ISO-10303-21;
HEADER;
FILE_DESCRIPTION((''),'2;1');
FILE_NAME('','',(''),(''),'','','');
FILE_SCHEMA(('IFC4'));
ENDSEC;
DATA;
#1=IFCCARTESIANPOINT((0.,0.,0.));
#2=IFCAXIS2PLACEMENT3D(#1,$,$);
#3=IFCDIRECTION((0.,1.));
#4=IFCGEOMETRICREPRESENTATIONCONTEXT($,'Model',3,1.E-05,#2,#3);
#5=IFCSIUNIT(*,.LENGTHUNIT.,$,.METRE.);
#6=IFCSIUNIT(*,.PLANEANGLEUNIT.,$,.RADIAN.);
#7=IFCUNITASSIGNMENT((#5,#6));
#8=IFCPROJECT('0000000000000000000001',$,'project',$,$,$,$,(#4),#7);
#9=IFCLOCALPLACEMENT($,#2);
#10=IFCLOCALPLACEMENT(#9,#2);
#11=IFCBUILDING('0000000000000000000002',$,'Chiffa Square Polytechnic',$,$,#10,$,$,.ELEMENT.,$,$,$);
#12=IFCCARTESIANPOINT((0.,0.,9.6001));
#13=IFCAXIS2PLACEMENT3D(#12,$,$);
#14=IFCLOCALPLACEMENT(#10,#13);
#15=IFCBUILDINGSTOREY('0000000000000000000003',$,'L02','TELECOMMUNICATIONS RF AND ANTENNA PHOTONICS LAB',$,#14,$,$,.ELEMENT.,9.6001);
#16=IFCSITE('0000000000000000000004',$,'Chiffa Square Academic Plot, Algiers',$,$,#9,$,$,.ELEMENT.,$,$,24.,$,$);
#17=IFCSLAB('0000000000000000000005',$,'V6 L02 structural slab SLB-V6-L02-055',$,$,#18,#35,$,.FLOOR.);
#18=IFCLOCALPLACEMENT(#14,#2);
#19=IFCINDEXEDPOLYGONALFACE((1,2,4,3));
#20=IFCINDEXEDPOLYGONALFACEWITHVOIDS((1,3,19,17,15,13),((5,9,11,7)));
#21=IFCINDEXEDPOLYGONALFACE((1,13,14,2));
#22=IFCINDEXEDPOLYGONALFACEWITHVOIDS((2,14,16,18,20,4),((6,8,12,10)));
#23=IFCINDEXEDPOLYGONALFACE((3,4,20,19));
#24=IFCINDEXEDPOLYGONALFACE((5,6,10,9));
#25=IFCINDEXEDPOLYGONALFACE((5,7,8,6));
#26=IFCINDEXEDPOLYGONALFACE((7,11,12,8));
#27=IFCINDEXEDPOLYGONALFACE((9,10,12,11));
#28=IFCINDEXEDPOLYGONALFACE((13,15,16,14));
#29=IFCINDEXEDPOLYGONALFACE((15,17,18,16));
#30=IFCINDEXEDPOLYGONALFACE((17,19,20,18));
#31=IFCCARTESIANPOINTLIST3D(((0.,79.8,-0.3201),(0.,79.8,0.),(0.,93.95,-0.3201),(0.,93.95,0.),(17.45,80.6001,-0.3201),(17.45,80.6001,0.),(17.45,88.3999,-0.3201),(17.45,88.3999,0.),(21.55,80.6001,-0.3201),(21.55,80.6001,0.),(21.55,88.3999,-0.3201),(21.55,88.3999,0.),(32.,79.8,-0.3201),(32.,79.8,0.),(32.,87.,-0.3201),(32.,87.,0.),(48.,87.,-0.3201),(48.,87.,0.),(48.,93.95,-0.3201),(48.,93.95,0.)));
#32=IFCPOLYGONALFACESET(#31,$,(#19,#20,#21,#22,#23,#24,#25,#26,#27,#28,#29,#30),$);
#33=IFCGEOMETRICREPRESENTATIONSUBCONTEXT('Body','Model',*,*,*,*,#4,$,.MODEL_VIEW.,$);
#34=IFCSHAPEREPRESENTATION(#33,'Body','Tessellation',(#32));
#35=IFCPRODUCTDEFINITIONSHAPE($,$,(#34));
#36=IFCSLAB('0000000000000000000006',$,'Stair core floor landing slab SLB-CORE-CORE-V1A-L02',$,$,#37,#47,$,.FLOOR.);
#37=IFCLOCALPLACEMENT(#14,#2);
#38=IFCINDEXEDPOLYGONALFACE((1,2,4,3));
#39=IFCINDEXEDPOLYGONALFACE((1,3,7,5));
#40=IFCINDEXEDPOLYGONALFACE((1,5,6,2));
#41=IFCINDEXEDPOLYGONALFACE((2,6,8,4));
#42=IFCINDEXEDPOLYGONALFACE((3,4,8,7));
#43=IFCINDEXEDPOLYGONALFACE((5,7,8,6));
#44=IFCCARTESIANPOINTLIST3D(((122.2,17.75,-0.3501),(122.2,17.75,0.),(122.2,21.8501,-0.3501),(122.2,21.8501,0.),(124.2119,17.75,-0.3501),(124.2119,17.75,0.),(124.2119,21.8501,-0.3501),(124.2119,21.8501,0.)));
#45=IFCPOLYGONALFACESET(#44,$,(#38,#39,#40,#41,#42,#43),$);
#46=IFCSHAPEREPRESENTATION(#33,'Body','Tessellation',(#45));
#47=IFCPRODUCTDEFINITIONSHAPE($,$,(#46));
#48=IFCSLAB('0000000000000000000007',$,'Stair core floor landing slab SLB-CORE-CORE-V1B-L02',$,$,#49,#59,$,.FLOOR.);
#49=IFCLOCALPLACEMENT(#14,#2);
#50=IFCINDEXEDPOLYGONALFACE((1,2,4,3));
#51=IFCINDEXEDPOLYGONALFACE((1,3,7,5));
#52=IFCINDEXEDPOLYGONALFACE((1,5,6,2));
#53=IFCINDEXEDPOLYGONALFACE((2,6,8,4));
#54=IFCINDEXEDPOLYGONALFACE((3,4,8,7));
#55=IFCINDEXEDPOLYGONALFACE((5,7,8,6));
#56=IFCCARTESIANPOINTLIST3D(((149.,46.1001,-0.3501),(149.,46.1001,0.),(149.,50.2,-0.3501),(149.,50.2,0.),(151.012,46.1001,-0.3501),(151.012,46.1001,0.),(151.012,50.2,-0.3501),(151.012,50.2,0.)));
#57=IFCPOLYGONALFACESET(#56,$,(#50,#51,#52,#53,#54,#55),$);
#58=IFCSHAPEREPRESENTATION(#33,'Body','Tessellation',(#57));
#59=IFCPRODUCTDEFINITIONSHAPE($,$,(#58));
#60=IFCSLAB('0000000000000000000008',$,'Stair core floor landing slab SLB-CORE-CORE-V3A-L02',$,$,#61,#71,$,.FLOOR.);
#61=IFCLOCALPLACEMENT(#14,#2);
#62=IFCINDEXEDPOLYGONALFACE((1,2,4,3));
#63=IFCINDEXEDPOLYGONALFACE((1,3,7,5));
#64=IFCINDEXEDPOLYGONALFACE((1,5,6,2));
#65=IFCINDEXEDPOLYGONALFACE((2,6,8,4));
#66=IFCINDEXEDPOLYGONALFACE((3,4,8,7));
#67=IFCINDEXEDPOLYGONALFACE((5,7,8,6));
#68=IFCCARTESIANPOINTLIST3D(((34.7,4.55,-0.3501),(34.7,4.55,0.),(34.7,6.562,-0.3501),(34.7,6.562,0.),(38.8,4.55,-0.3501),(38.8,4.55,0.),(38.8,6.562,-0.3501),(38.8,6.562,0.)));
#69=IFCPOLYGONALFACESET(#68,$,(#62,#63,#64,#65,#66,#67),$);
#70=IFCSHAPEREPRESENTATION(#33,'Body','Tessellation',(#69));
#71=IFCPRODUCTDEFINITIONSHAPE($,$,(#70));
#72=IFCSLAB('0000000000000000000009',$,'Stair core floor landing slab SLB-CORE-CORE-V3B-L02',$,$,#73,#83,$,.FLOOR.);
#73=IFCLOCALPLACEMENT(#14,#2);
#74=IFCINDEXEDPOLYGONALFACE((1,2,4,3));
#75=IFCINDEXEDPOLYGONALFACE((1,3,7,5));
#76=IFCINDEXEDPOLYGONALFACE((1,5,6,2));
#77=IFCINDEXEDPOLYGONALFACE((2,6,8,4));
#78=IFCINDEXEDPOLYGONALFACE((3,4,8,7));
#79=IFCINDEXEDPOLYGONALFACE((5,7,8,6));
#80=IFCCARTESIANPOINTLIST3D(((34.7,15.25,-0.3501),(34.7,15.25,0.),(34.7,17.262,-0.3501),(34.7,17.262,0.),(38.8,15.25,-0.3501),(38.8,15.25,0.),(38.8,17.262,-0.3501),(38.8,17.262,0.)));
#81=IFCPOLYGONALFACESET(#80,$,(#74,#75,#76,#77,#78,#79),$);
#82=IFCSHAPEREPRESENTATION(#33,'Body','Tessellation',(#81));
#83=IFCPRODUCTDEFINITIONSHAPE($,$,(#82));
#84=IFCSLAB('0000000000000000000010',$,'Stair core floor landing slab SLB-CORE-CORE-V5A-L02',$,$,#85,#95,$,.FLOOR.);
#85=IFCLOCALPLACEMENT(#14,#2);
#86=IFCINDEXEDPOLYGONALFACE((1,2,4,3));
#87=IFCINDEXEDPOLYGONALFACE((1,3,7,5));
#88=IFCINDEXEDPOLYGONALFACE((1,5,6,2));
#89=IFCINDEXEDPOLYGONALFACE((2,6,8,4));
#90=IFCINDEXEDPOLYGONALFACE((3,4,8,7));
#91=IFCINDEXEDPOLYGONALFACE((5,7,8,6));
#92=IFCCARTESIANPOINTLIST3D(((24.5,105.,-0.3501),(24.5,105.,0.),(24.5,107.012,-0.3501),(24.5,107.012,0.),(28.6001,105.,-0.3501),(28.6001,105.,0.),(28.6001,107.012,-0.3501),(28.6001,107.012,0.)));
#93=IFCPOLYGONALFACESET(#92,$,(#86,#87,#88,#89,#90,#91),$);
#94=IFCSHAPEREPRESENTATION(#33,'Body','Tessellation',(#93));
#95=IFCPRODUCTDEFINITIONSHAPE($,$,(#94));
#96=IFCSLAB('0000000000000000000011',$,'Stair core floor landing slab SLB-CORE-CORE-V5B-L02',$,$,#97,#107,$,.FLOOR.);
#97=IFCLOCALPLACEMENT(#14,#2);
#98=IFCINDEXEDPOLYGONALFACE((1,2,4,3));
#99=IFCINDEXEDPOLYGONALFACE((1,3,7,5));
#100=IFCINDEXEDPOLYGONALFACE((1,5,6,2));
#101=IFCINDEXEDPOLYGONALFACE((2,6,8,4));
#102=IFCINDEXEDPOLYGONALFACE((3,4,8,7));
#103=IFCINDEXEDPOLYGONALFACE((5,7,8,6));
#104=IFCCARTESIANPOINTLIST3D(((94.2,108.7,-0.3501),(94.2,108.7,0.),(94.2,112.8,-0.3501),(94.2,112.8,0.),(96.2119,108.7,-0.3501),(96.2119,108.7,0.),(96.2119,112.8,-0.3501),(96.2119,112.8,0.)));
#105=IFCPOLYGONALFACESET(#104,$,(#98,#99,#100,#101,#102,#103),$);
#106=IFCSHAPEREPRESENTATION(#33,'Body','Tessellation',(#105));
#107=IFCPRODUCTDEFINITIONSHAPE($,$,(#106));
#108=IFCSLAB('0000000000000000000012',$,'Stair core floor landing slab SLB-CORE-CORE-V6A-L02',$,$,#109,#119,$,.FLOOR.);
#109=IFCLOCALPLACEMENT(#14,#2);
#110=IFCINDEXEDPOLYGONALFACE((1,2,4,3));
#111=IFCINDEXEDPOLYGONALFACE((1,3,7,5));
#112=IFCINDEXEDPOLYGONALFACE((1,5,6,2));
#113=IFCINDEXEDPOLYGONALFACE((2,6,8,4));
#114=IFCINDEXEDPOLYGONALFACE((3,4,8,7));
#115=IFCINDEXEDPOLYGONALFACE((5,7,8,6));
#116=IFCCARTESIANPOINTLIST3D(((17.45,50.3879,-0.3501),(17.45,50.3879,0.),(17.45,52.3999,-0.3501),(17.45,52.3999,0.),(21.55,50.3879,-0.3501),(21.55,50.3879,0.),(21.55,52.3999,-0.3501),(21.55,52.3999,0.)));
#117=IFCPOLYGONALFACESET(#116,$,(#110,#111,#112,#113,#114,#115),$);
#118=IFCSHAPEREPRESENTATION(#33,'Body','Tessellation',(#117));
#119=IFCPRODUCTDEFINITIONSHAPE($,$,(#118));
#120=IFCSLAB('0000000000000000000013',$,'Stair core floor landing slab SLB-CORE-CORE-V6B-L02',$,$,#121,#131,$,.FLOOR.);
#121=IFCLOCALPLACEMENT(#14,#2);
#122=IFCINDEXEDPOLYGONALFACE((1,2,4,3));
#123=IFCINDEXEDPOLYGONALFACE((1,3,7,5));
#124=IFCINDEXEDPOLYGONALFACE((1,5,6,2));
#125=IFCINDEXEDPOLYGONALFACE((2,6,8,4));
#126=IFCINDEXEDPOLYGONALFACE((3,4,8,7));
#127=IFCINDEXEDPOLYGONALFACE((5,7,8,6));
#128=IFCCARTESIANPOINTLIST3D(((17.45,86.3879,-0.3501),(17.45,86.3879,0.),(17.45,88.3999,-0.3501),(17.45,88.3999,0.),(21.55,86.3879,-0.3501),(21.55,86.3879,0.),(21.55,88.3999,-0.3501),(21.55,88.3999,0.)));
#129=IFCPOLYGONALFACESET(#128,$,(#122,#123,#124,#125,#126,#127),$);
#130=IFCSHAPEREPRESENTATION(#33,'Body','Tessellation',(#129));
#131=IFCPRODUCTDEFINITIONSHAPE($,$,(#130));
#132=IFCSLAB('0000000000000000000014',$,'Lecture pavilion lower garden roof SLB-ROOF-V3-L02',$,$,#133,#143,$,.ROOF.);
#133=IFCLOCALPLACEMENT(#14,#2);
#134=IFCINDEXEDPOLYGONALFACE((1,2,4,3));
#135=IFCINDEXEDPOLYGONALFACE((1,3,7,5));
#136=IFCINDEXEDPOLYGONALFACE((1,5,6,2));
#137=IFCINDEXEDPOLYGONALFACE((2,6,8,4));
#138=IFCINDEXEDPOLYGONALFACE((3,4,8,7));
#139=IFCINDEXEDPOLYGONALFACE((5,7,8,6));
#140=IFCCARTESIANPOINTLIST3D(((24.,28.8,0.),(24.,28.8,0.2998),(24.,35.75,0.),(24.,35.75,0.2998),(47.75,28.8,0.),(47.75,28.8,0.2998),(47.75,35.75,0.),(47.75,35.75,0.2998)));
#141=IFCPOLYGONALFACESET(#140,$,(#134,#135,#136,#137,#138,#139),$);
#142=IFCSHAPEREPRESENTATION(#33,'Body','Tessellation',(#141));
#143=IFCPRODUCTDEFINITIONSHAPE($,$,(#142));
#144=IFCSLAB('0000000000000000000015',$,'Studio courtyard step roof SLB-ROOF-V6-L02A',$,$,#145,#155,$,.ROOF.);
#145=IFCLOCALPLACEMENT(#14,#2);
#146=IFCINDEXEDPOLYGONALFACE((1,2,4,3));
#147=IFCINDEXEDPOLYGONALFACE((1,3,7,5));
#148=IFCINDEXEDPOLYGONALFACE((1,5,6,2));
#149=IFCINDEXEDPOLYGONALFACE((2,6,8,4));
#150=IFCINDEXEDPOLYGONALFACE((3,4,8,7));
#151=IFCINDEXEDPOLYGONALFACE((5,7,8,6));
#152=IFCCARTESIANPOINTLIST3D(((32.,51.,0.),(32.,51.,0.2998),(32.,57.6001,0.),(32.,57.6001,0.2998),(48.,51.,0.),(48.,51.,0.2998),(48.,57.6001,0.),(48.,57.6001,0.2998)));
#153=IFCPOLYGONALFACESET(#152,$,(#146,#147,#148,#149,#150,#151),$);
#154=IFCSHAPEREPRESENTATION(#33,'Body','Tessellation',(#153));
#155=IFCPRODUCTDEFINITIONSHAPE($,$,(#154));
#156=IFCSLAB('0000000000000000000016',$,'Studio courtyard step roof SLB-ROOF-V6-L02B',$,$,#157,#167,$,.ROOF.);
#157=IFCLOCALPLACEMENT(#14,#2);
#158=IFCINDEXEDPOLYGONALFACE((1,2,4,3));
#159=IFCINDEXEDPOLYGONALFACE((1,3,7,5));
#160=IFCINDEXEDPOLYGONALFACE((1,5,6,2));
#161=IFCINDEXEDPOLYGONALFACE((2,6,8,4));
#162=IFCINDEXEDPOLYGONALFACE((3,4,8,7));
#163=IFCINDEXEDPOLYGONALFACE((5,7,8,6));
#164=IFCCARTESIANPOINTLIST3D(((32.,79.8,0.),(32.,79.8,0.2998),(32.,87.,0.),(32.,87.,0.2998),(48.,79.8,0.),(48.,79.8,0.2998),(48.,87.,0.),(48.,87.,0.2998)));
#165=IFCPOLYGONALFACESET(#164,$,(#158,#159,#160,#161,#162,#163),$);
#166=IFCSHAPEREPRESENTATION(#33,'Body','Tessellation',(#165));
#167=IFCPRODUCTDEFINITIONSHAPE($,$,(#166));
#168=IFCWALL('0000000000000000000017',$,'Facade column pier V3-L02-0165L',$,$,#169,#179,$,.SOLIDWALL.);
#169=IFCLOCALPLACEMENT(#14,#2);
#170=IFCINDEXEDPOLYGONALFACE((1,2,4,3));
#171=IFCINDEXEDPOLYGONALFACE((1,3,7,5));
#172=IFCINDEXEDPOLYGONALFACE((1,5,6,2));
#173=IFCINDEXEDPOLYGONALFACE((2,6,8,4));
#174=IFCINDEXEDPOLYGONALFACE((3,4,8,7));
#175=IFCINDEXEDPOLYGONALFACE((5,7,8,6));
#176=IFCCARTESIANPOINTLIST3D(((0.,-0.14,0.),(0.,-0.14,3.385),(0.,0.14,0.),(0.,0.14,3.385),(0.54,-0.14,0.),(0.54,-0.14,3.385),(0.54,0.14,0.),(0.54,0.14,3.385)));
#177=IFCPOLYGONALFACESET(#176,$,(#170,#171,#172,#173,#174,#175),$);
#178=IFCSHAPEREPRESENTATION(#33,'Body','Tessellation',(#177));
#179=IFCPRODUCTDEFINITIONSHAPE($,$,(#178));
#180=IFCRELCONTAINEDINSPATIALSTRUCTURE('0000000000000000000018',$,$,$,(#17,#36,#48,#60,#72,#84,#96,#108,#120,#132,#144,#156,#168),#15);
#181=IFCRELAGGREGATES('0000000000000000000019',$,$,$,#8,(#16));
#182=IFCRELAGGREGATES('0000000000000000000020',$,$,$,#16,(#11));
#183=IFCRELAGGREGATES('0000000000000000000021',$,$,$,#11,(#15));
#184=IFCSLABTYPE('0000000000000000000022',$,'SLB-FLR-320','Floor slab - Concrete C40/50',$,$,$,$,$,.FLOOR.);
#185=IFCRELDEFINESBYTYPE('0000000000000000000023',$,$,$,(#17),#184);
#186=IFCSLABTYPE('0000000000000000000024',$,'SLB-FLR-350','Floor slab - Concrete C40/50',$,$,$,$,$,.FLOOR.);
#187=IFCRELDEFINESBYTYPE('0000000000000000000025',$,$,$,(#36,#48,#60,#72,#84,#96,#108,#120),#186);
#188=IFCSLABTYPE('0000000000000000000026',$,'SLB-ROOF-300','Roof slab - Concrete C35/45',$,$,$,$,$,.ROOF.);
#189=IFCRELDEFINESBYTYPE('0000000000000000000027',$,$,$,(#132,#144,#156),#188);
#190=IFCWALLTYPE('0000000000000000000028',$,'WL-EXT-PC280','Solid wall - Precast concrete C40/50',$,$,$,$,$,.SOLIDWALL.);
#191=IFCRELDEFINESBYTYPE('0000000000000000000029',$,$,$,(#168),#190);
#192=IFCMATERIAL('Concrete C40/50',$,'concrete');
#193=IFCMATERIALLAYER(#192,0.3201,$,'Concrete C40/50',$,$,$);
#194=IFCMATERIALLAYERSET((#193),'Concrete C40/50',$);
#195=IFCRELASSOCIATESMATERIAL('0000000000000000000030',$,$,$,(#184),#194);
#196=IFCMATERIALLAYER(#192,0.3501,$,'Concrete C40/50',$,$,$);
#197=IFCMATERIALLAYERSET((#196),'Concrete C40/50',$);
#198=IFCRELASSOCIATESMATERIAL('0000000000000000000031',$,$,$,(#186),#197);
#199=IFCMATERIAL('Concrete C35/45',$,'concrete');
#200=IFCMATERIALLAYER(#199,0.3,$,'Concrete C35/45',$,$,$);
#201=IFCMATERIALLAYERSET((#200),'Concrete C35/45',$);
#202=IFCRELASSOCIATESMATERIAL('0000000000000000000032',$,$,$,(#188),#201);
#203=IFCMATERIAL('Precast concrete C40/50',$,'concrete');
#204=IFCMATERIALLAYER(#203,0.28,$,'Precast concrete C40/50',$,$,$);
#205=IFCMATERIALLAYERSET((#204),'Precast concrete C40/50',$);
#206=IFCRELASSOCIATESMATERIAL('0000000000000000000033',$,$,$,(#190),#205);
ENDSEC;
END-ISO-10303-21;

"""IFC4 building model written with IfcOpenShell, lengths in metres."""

from ifc_helpers import new_model, si_unit, direction, frame, frame_2d, origin, origin_with_axes, place, context, subcontext, project, spatial, polyline, rectangle, outline, extrude, material, layer, layer_set, type_object, element, save


model = new_model("IFC4")

# Units and contexts
model_context = context("Model", 3, precision=1e-05, world=origin(), true_north=direction((0.0, 1.0)))
body_context = subcontext(model_context, "Body", "Model", "MODEL_VIEW")
ifc_project = project(units=[si_unit("LENGTHUNIT", "METRE"), si_unit("PLANEANGLEUNIT", "RADIAN")], contexts=[model_context])

# Site, building, storey
site_placement = place(None, origin())
site = spatial("IfcSite", under=ifc_project, at=site_placement, Name="Chiffa Square Academic Plot, Algiers", CompositionType="ELEMENT", RefElevation=24.0)
building_placement = place(site_placement, origin())
building = spatial("IfcBuilding", under=site, at=building_placement, Name="Chiffa Square Polytechnic", CompositionType="ELEMENT")
storey_placement = place(building_placement, frame((0.0, 0.0, 9.6001)))
storey = spatial("IfcBuildingStorey", under=building, at=storey_placement, Name="L02", Description="TELECOMMUNICATIONS RF AND ANTENNA PHOTONICS LAB", CompositionType="ELEMENT", Elevation=9.6001)

# Shared definitions
ifc_material_1 = material(Name="Concrete C40/50", Category="concrete")

# Shared definitions
ifc_material_2 = material(Name="Concrete C35/45", Category="concrete")

# Slabs
ifc_layer_1 = layer(ifc_material_1, 0.3201, Name="Concrete C40/50")
ifc_layer_set_1 = layer_set([ifc_layer_1], Name="Concrete C40/50")
slab_type_1 = type_object("IfcSlabType", Name="SLB-FLR-320", Description="Floor slab - Concrete C40/50", PredefinedType="FLOOR", material=ifc_layer_set_1)
slab_1_placement = place(storey_placement, frame((0.0, 0.0, -0.3201)))
element("IfcSlab", 1, at=slab_1_placement, inside=storey, type_object=slab_type_1, Name="V6 L02 structural slab SLB-V6-L02-055", PredefinedType="FLOOR", context=body_context, shape_type="SweptSolid", body=[
    extrude(outline(polyline([(0.0, 93.95), (48.0, 93.95), (48.0, 87.0), (32.0, 87.0), (32.0, 79.8), (0.0, 79.8), (0.0, 93.95)]), holes=[polyline([(21.55, 88.3999), (21.55, 80.6001), (17.45, 80.6001), (17.45, 88.3999), (21.55, 88.3999)])]), origin(), (0.0, 0.0, 1.0), 0.3201),
])
ifc_layer_2 = layer(ifc_material_1, 0.3501, Name="Concrete C40/50")
ifc_layer_set_2 = layer_set([ifc_layer_2], Name="Concrete C40/50")
slab_type_2 = type_object("IfcSlabType", Name="SLB-FLR-350", Description="Floor slab - Concrete C40/50", PredefinedType="FLOOR", material=ifc_layer_set_2)
slab_2_placement = place(storey_placement, frame((0.0, 0.0, -0.3501)))
element("IfcSlab", 2, at=slab_2_placement, inside=storey, type_object=slab_type_2, Name="Stair core floor landing slab SLB-CORE-CORE-V1A-L02", PredefinedType="FLOOR", context=body_context, shape_type="SweptSolid", body=[
    extrude(outline(polyline([(122.2, 17.75), (124.2119, 17.75), (124.2119, 21.8501), (122.2, 21.8501), (122.2, 17.75)])), origin(), (0.0, 0.0, 1.0), 0.3501),
])
slab_3_placement = place(storey_placement, frame((0.0, 0.0, -0.3501)))
element("IfcSlab", 3, at=slab_3_placement, inside=storey, type_object=slab_type_2, Name="Stair core floor landing slab SLB-CORE-CORE-V1B-L02", PredefinedType="FLOOR", context=body_context, shape_type="SweptSolid", body=[
    extrude(outline(polyline([(149.0, 46.1001), (151.012, 46.1001), (151.012, 50.2), (149.0, 50.2), (149.0, 46.1001)])), origin(), (0.0, 0.0, 1.0), 0.3501),
])
slab_4_placement = place(storey_placement, frame((0.0, 0.0, -0.3501)))
element("IfcSlab", 4, at=slab_4_placement, inside=storey, type_object=slab_type_2, Name="Stair core floor landing slab SLB-CORE-CORE-V3A-L02", PredefinedType="FLOOR", context=body_context, shape_type="SweptSolid", body=[
    extrude(outline(polyline([(38.8, 4.55), (38.8, 6.562), (34.7, 6.562), (34.7, 4.55), (38.8, 4.55)])), origin(), (0.0, 0.0, 1.0), 0.3501),
])
slab_5_placement = place(storey_placement, frame((0.0, 0.0, -0.3501)))
element("IfcSlab", 5, at=slab_5_placement, inside=storey, type_object=slab_type_2, Name="Stair core floor landing slab SLB-CORE-CORE-V3B-L02", PredefinedType="FLOOR", context=body_context, shape_type="SweptSolid", body=[
    extrude(outline(polyline([(38.8, 15.25), (38.8, 17.262), (34.7, 17.262), (34.7, 15.25), (38.8, 15.25)])), origin(), (0.0, 0.0, 1.0), 0.3501),
])
slab_6_placement = place(storey_placement, frame((0.0, 0.0, -0.3501)))
element("IfcSlab", 6, at=slab_6_placement, inside=storey, type_object=slab_type_2, Name="Stair core floor landing slab SLB-CORE-CORE-V5A-L02", PredefinedType="FLOOR", context=body_context, shape_type="SweptSolid", body=[
    extrude(outline(polyline([(28.6001, 105.0), (28.6001, 107.012), (24.5, 107.012), (24.5, 105.0), (28.6001, 105.0)])), origin(), (0.0, 0.0, 1.0), 0.3501),
])
slab_7_placement = place(storey_placement, frame((0.0, 0.0, -0.3501)))
element("IfcSlab", 7, at=slab_7_placement, inside=storey, type_object=slab_type_2, Name="Stair core floor landing slab SLB-CORE-CORE-V5B-L02", PredefinedType="FLOOR", context=body_context, shape_type="SweptSolid", body=[
    extrude(outline(polyline([(94.2, 108.7), (96.2119, 108.7), (96.2119, 112.8), (94.2, 112.8), (94.2, 108.7)])), origin(), (0.0, 0.0, 1.0), 0.3501),
])
slab_8_placement = place(storey_placement, frame((0.0, 0.0, -0.3501)))
element("IfcSlab", 8, at=slab_8_placement, inside=storey, type_object=slab_type_2, Name="Stair core floor landing slab SLB-CORE-CORE-V6A-L02", PredefinedType="FLOOR", context=body_context, shape_type="SweptSolid", body=[
    extrude(outline(polyline([(17.45, 52.3999), (17.45, 50.3879), (21.55, 50.3879), (21.55, 52.3999), (17.45, 52.3999)])), origin(), (0.0, 0.0, 1.0), 0.3501),
])
slab_9_placement = place(storey_placement, frame((0.0, 0.0, -0.3501)))
element("IfcSlab", 9, at=slab_9_placement, inside=storey, type_object=slab_type_2, Name="Stair core floor landing slab SLB-CORE-CORE-V6B-L02", PredefinedType="FLOOR", context=body_context, shape_type="SweptSolid", body=[
    extrude(outline(polyline([(17.45, 88.3999), (17.45, 86.3879), (21.55, 86.3879), (21.55, 88.3999), (17.45, 88.3999)])), origin(), (0.0, 0.0, 1.0), 0.3501),
])
ifc_layer_3 = layer(ifc_material_2, 0.3, Name="Concrete C35/45")
ifc_layer_set_3 = layer_set([ifc_layer_3], Name="Concrete C35/45")
slab_type_3 = type_object("IfcSlabType", Name="SLB-ROOF-300", Description="Roof slab - Concrete C35/45", PredefinedType="ROOF", material=ifc_layer_set_3)
slab_10_placement = place(storey_placement, origin())
element("IfcSlab", 10, at=slab_10_placement, inside=storey, type_object=slab_type_3, Name="Lecture pavilion lower garden roof SLB-ROOF-V3-L02", PredefinedType="ROOF", context=body_context, shape_type="SweptSolid", body=[
    extrude(outline(polyline([(24.0, 28.8), (47.75, 28.8), (47.75, 35.75), (24.0, 35.75), (24.0, 28.8)])), origin(), (0.0, 0.0, 1.0), 0.2998),
])
slab_11_placement = place(storey_placement, origin())
element("IfcSlab", 11, at=slab_11_placement, inside=storey, type_object=slab_type_3, Name="Studio courtyard step roof SLB-ROOF-V6-L02A", PredefinedType="ROOF", context=body_context, shape_type="SweptSolid", body=[
    extrude(outline(polyline([(32.0, 51.0), (48.0, 51.0), (48.0, 57.6001), (32.0, 57.6001), (32.0, 51.0)])), origin(), (0.0, 0.0, 1.0), 0.2998),
])
slab_12_placement = place(storey_placement, origin())
element("IfcSlab", 12, at=slab_12_placement, inside=storey, type_object=slab_type_3, Name="Studio courtyard step roof SLB-ROOF-V6-L02B", PredefinedType="ROOF", context=body_context, shape_type="SweptSolid", body=[
    extrude(outline(polyline([(32.0, 79.8), (48.0, 79.8), (48.0, 87.0), (32.0, 87.0), (32.0, 79.8)])), origin(), (0.0, 0.0, 1.0), 0.2998),
])

# Wall
ifc_material_3 = material(Name="Precast concrete C40/50", Category="concrete")
ifc_layer_4 = layer(ifc_material_3, 0.28, Name="Precast concrete C40/50")
ifc_layer_set_4 = layer_set([ifc_layer_4], Name="Precast concrete C40/50")
wall_type = type_object("IfcWallType", Name="WL-EXT-PC280", Description="Solid wall - Precast concrete C40/50", PredefinedType="SOLIDWALL", material=ifc_layer_set_4)
wall_placement = place(storey_placement, origin_with_axes())
element("IfcWall", 13, at=wall_placement, inside=storey, type_object=wall_type, Name="Facade column pier V3-L02-0165L", PredefinedType="SOLIDWALL", context=body_context, shape_type="SweptSolid", body=[
    extrude(rectangle(XDim=0.54, YDim=0.28, at=frame_2d((0.27, 0.0))), origin(), (0.0, 0.0, 1.0), 3.385),
])

save(model, "model.ifc")
